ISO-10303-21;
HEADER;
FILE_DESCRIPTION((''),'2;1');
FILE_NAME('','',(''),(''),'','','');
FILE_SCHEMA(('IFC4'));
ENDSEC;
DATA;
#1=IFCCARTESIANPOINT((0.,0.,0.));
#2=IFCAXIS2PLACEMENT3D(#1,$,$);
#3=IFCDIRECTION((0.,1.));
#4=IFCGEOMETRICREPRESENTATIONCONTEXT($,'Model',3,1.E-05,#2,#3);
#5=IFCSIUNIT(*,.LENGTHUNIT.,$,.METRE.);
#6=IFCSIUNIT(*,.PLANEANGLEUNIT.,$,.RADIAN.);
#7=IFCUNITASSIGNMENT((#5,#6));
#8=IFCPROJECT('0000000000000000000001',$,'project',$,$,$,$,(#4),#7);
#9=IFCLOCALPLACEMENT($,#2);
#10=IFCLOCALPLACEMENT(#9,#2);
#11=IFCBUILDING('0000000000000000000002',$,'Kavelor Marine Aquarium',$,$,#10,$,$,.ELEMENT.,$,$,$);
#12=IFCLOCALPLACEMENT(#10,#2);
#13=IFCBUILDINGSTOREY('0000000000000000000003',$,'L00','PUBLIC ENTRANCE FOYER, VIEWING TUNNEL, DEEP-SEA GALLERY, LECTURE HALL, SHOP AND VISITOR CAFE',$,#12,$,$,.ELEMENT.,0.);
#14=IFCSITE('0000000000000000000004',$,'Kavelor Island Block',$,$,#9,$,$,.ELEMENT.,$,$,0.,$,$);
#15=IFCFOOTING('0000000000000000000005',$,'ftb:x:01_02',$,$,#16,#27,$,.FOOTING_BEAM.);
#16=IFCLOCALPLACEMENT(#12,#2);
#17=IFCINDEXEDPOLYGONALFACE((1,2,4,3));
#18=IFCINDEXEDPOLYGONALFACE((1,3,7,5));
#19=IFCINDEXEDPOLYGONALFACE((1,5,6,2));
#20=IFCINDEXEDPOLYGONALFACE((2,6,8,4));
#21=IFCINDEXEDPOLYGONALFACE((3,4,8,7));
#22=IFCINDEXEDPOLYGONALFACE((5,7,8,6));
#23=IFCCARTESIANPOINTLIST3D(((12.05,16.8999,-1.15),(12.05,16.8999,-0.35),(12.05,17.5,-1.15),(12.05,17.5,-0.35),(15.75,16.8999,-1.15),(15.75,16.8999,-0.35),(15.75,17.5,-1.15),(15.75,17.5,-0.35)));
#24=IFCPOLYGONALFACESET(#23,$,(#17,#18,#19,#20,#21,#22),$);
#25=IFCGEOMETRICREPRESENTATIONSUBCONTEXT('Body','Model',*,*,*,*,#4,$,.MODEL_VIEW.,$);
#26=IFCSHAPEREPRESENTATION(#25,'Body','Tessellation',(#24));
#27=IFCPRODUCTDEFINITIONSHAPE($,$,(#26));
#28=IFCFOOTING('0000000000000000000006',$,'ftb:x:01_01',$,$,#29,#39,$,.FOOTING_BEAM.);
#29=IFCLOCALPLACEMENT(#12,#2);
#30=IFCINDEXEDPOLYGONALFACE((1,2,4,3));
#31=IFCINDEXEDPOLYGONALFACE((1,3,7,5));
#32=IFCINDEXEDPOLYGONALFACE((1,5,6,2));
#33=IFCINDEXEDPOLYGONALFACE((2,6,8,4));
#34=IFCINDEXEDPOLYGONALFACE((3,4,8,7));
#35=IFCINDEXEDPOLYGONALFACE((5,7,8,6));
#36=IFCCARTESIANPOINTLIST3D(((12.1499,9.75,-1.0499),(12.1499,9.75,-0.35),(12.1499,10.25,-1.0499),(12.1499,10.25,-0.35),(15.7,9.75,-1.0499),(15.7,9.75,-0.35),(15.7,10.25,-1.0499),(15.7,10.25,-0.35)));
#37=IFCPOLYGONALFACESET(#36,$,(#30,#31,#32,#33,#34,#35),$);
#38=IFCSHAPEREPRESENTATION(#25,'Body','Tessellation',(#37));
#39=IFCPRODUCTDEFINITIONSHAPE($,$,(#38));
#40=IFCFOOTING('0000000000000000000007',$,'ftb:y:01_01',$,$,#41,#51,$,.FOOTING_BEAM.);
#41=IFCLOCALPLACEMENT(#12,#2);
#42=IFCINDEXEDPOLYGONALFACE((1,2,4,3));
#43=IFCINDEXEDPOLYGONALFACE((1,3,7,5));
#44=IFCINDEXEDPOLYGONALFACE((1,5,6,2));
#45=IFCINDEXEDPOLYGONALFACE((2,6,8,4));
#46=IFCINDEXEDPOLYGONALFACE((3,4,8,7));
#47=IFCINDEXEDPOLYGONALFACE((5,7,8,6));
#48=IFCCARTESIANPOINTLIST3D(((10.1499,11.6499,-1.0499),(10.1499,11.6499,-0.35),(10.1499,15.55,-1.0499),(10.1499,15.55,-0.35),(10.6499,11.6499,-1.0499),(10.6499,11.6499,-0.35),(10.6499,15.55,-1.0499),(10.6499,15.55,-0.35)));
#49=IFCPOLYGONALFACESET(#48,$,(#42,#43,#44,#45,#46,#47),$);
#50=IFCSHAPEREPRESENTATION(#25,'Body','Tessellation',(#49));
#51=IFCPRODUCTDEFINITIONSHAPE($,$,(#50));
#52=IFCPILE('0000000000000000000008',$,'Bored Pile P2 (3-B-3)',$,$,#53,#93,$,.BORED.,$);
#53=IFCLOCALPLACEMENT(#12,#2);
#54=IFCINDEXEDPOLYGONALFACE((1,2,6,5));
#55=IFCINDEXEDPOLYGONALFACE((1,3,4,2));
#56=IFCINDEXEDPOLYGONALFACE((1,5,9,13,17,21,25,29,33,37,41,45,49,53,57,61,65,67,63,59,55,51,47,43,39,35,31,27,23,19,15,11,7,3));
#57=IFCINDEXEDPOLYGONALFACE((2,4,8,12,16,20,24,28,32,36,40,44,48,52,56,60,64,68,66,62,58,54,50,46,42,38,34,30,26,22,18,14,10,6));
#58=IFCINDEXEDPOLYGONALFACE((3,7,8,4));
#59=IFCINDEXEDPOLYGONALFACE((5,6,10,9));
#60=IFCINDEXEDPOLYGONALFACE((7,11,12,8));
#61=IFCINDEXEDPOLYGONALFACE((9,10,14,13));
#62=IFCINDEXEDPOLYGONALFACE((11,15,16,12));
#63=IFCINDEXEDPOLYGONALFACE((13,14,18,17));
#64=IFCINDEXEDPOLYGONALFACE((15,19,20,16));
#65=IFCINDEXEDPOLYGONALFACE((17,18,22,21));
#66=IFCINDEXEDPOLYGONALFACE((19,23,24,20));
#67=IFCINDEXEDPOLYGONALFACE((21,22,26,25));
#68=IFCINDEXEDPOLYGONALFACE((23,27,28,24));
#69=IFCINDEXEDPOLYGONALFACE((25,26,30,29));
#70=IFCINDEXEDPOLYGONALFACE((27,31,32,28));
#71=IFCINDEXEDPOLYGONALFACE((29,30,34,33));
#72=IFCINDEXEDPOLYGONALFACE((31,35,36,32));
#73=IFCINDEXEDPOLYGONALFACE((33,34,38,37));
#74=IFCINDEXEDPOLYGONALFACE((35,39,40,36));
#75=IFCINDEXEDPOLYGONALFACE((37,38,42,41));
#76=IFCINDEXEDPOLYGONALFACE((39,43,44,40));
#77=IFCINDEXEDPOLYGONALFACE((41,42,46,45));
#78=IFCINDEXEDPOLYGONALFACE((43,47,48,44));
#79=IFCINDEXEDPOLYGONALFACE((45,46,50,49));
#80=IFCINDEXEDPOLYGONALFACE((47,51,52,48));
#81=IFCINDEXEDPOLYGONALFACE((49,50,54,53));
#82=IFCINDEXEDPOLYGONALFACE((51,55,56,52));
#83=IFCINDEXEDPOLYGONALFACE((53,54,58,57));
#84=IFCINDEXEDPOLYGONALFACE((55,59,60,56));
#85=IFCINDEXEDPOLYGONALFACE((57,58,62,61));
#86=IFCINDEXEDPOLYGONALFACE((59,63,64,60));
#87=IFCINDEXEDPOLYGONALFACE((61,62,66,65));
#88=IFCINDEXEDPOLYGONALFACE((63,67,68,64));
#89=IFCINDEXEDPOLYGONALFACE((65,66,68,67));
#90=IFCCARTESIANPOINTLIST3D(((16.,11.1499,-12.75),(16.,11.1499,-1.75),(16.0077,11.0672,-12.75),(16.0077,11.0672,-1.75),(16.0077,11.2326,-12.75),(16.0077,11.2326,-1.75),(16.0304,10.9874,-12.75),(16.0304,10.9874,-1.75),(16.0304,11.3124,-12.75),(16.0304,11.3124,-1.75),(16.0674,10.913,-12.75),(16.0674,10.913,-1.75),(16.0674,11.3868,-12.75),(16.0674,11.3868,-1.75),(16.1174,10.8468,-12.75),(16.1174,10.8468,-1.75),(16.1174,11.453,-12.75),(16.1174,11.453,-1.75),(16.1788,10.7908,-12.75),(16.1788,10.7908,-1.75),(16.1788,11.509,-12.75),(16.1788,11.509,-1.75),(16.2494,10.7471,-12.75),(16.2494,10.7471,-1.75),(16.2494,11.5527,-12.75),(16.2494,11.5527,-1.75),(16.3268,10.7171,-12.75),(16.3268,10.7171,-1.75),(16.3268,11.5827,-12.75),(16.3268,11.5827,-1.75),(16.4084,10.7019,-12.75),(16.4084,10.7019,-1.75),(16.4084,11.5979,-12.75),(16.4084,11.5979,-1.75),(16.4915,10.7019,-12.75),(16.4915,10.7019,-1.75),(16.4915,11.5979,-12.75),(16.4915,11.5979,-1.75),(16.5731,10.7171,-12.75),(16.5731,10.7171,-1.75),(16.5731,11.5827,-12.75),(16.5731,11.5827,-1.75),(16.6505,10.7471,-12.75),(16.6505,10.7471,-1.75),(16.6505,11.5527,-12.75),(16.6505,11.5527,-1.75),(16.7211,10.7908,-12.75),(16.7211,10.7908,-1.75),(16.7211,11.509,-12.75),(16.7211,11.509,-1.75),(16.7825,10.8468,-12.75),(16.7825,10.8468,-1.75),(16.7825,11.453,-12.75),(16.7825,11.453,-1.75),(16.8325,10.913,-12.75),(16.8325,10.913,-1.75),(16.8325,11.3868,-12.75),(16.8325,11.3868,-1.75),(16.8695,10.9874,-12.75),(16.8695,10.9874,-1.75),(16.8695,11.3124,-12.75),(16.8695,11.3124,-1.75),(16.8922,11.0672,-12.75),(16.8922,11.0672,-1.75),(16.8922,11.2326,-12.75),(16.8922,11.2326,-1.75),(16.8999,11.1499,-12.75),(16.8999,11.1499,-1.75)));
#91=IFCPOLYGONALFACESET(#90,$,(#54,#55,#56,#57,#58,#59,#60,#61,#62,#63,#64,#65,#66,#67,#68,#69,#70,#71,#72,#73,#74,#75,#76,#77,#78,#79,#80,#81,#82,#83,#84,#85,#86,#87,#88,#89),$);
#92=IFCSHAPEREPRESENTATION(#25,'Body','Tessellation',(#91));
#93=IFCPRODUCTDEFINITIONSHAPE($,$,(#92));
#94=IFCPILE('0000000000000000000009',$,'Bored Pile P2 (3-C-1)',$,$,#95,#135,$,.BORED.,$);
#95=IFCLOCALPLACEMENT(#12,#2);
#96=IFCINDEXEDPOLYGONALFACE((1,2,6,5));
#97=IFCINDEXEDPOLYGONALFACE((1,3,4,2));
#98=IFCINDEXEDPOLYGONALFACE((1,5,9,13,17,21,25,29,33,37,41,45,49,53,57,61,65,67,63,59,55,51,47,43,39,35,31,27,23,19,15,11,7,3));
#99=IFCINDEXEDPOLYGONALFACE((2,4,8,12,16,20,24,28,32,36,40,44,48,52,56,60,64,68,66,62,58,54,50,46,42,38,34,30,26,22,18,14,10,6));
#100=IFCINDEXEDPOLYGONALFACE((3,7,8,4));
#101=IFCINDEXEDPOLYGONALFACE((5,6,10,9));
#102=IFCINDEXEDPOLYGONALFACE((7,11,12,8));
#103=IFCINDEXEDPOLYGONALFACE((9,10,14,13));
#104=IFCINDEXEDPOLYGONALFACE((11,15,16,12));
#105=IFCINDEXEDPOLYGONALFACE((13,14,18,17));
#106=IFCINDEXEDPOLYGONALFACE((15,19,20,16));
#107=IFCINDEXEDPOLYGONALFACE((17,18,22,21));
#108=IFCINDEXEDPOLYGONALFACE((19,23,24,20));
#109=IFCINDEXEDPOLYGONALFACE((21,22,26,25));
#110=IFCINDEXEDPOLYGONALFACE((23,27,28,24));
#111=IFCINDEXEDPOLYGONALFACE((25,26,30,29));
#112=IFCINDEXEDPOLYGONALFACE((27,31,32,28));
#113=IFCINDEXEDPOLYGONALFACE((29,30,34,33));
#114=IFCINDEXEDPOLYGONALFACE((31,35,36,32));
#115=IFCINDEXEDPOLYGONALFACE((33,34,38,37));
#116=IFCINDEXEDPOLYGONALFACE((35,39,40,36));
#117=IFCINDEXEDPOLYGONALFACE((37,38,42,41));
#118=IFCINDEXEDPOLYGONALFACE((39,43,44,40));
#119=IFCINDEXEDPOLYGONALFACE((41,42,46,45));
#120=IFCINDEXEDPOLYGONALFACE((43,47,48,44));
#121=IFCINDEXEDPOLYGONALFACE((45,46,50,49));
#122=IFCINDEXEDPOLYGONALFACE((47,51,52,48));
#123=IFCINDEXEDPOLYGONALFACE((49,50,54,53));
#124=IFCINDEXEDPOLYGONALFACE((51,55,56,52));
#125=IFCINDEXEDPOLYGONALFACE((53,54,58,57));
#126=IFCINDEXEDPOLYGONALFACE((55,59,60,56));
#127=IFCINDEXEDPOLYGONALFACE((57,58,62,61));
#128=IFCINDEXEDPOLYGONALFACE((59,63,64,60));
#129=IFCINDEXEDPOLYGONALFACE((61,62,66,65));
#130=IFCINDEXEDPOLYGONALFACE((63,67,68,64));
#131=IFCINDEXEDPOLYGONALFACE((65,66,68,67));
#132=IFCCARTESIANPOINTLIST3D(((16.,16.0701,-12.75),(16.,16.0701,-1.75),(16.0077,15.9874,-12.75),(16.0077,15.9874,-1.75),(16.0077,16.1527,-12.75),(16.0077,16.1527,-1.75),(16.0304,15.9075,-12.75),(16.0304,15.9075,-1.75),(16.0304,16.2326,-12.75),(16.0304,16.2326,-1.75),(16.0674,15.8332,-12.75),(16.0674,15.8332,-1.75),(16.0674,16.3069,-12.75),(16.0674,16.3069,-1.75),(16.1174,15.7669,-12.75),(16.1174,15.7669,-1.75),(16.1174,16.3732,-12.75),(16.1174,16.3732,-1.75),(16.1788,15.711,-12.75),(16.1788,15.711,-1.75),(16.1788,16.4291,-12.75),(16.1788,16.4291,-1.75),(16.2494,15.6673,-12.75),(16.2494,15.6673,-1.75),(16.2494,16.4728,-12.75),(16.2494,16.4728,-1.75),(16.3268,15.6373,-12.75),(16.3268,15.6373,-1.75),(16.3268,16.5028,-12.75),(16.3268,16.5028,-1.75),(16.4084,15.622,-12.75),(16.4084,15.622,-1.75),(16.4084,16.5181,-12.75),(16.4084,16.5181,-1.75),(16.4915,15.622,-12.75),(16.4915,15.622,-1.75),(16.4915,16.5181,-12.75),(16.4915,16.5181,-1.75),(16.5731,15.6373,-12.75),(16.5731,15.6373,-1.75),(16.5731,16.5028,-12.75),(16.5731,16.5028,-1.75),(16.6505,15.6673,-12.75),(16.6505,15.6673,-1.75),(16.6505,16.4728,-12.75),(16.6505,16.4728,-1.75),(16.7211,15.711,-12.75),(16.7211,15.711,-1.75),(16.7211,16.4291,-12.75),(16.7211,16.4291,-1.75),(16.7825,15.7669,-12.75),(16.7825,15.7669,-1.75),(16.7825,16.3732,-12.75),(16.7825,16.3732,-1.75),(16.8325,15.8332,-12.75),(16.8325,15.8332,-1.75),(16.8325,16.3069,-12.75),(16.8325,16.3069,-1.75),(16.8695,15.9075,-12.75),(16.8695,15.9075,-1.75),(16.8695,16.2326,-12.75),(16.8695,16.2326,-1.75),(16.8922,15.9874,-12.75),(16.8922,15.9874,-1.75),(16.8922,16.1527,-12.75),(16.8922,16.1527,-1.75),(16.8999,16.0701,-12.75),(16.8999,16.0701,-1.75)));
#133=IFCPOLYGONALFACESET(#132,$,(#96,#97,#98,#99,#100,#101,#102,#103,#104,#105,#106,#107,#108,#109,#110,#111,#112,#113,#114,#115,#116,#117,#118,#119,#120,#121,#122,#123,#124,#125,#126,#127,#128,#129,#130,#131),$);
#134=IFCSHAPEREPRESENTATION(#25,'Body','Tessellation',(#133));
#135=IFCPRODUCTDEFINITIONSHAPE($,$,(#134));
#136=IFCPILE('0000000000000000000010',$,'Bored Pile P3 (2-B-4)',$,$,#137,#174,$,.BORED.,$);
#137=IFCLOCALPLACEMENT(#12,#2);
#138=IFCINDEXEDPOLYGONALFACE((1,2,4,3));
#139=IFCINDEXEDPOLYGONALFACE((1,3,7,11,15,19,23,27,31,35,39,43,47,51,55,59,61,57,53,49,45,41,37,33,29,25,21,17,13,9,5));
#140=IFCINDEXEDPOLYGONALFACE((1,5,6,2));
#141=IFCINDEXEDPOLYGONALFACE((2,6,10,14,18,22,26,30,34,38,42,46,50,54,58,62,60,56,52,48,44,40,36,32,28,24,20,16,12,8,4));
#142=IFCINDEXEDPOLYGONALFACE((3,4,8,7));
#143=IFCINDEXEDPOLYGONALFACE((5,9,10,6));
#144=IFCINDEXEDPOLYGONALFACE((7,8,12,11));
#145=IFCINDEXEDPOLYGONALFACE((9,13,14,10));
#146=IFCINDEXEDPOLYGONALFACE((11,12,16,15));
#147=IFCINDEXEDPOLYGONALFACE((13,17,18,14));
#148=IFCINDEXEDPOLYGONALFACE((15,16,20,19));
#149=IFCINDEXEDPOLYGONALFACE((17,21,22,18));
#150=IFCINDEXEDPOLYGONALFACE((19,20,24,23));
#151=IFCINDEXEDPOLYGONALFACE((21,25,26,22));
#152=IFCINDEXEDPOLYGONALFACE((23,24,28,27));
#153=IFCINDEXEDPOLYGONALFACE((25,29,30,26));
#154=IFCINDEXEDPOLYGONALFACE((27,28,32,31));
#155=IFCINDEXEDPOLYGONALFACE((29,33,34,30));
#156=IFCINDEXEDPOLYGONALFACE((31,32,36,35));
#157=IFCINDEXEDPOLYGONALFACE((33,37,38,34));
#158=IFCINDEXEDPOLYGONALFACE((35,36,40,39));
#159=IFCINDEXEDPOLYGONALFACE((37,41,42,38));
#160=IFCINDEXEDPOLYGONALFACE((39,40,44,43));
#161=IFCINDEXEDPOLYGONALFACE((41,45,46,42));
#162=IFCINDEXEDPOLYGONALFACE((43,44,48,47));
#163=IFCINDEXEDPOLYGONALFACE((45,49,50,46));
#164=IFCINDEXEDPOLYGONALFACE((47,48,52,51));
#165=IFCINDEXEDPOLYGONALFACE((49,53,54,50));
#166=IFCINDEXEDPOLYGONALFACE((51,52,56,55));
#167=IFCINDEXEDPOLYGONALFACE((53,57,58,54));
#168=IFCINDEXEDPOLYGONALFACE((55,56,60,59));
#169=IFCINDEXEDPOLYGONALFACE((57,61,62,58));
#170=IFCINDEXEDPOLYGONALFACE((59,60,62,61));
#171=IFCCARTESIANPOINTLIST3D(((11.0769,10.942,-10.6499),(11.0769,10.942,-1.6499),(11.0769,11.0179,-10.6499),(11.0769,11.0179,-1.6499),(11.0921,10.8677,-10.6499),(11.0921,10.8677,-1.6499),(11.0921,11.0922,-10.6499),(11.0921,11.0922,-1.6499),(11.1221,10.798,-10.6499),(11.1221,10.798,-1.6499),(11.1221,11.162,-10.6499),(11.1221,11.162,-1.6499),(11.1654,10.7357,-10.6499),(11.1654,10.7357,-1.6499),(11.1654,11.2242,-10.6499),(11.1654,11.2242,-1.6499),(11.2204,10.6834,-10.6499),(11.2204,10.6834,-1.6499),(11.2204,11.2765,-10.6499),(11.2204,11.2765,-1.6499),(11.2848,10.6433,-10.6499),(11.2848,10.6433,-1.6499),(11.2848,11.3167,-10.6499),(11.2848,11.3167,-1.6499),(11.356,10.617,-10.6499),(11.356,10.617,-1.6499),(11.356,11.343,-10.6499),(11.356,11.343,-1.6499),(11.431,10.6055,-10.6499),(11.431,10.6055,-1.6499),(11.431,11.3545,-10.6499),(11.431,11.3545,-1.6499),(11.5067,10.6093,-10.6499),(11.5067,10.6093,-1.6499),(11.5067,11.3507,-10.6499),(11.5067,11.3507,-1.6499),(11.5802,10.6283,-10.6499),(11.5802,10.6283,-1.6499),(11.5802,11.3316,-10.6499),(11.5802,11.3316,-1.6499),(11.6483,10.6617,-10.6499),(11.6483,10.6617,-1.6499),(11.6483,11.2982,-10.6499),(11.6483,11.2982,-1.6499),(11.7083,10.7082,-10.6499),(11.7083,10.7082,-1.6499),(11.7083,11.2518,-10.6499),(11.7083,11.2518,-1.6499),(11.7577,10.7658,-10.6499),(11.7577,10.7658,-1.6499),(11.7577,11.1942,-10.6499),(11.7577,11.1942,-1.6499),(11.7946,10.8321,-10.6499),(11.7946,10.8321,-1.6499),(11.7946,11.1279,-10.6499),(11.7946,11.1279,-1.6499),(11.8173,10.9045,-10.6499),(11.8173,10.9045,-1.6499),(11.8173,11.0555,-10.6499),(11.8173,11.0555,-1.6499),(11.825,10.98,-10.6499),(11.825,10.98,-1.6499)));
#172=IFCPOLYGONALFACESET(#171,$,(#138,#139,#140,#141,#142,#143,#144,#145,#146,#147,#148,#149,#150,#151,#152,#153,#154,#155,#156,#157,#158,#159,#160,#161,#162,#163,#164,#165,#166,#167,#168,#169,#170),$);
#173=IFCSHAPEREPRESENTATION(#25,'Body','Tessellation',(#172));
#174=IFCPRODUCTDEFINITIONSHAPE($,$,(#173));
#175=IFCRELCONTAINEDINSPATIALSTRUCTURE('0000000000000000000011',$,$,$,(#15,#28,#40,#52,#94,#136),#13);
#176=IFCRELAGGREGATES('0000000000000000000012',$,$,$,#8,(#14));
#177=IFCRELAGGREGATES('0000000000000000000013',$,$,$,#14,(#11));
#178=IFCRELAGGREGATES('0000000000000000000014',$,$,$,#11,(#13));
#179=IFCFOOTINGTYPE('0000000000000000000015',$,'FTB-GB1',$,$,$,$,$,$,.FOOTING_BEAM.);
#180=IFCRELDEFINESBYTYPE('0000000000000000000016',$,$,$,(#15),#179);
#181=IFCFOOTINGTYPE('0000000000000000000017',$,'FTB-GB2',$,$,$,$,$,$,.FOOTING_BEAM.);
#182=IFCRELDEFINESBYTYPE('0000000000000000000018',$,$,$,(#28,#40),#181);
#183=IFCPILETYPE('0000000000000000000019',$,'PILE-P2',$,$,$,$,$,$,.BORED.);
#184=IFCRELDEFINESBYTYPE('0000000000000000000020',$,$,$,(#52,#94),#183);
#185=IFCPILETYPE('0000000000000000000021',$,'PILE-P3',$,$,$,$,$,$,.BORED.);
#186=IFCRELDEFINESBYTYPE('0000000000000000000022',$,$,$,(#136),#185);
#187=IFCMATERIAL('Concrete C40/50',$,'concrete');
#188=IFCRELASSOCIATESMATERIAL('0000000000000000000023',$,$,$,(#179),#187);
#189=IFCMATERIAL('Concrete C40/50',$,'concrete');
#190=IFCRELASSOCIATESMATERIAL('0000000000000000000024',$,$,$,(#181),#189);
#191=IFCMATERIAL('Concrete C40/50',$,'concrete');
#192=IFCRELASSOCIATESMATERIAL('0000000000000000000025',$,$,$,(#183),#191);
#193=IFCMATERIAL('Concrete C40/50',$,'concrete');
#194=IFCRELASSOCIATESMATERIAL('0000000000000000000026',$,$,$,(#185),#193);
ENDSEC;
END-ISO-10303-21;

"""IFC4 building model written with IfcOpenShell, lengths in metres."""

from ifc_helpers import new_model, si_unit, direction, frame, origin, origin_2d, place, context, subcontext, project, spatial, rectangle, circle, extrude, material, material_profile, profile_set, type_object, element, save


model = new_model("IFC4")

# Units and contexts
model_context = context("Model", 3, precision=1e-05, world=origin(), true_north=direction((0.0, 1.0)))
body_context = subcontext(model_context, "Body", "Model", "MODEL_VIEW")
ifc_project = project(units=[si_unit("LENGTHUNIT", "METRE"), si_unit("PLANEANGLEUNIT", "RADIAN")], contexts=[model_context])

# Site, building, storey
site_placement = place(None, origin())
site = spatial("IfcSite", under=ifc_project, at=site_placement, Name="Kavelor Island Block", CompositionType="ELEMENT", RefElevation=0.0)
building_placement = place(site_placement, origin())
building = spatial("IfcBuilding", under=site, at=building_placement, Name="Kavelor Marine Aquarium", CompositionType="ELEMENT")
storey_placement = place(building_placement, origin())
storey = spatial("IfcBuildingStorey", under=building, at=storey_placement, Name="L00", Description="PUBLIC ENTRANCE FOYER, VIEWING TUNNEL, DEEP-SEA GALLERY, LECTURE HALL, SHOP AND VISITOR CAFE", CompositionType="ELEMENT", Elevation=0.0)

# Footings
ifc_material_1 = material(Name="Concrete C40/50", Category="concrete")
ifc_material_profile_1 = material_profile(ifc_material_1, rectangle(XDim=0.6001, YDim=0.8, at=origin_2d()), Name="GB 600x800")
ifc_profile_set_1 = profile_set([ifc_material_profile_1], Name="Concrete C40/50")
footing_type_1 = type_object("IfcFootingType", Name="FTB-GB1", PredefinedType="FOOTING_BEAM", material=ifc_profile_set_1)
footing_1_placement = place(storey_placement, frame((12.05, 17.2, -0.75), z_axis=(1.0, 0.0, 0.0), x_axis=(0.0, 1.0, 0.0)))
element("IfcFooting", 1, at=footing_1_placement, inside=storey, type_object=footing_type_1, Name="ftb:x:01_02", PredefinedType="FOOTING_BEAM", context=body_context, shape_type="SweptSolid", body=[
    extrude(rectangle(XDim=0.6001, YDim=0.8, at=origin_2d()), origin(), (0.0, 0.0, 1.0), 3.7),
])
ifc_material_2 = material(Name="Concrete C40/50", Category="concrete")
ifc_material_profile_2 = material_profile(ifc_material_2, rectangle(XDim=0.5, YDim=0.7, at=origin_2d()), Name="GB 500x700")
ifc_profile_set_2 = profile_set([ifc_material_profile_2], Name="Concrete C40/50")
footing_type_2 = type_object("IfcFootingType", Name="FTB-GB2", PredefinedType="FOOTING_BEAM", material=ifc_profile_set_2)
footing_2_placement = place(storey_placement, frame((12.1499, 10.0, -0.7), z_axis=(1.0, 0.0, 0.0), x_axis=(0.0, 1.0, 0.0)))
element("IfcFooting", 2, at=footing_2_placement, inside=storey, type_object=footing_type_2, Name="ftb:x:01_01", PredefinedType="FOOTING_BEAM", context=body_context, shape_type="SweptSolid", body=[
    extrude(rectangle(XDim=0.5, YDim=0.7, at=origin_2d()), origin(), (0.0, 0.0, 1.0), 3.55),
])
footing_3_placement = place(storey_placement, frame((10.3999, 11.6499, -0.7), z_axis=(0.0, 1.0, 0.0), x_axis=(-1.0, 0.0, 0.0)))
element("IfcFooting", 3, at=footing_3_placement, inside=storey, type_object=footing_type_2, Name="ftb:y:01_01", PredefinedType="FOOTING_BEAM", context=body_context, shape_type="SweptSolid", body=[
    extrude(rectangle(XDim=0.5, YDim=0.7, at=origin_2d()), origin(), (0.0, 0.0, 1.0), 3.9001),
])

# Piles
ifc_material_3 = material(Name="Concrete C40/50", Category="concrete")
ifc_material_profile_3 = material_profile(ifc_material_3, circle(Radius=0.45, at=origin_2d()), Name="PILE D900")
ifc_profile_set_3 = profile_set([ifc_material_profile_3], Name="Concrete C40/50")
pile_type_1 = type_object("IfcPileType", Name="PILE-P2", PredefinedType="BORED", material=ifc_profile_set_3)
for number, where, z_axis, x_axis, name in (
    (4, (16.45, 11.1499, -1.75), (0.0, 0.0, -1.0), (1.0, 0.0, 0.0), "Bored Pile P2 (3-B-3)"),
    (5, (16.45, 16.0701, -1.75), (0.0, 0.0, -1.0), (1.0, 0.0, 0.0), "Bored Pile P2 (3-C-1)"),
):
    element("IfcPile", number, at=place(storey_placement, frame(where, z_axis=z_axis, x_axis=x_axis)), inside=storey, type_object=pile_type_1, Name=name, PredefinedType="BORED", context=body_context, shape_type="SweptSolid", body=[
        extrude(circle(Radius=0.45, at=origin_2d()), origin(), (0.0, 0.0, 1.0), 11.0),
    ])
ifc_material_4 = material(Name="Concrete C40/50", Category="concrete")
ifc_material_profile_4 = material_profile(ifc_material_4, circle(Radius=0.375, at=origin_2d()), Name="PILE D750")
ifc_profile_set_4 = profile_set([ifc_material_profile_4], Name="Concrete C40/50")
pile_type_2 = type_object("IfcPileType", Name="PILE-P3", PredefinedType="BORED", material=ifc_profile_set_4)
for number, where, z_axis, x_axis, name in (
    (6, (11.45, 10.98, -1.6499), (0.0, 0.0, -1.0), (1.0, 0.0, 0.0), "Bored Pile P3 (2-B-4)"),
):
    element("IfcPile", number, at=place(storey_placement, frame(where, z_axis=z_axis, x_axis=x_axis)), inside=storey, type_object=pile_type_2, Name=name, PredefinedType="BORED", context=body_context, shape_type="SweptSolid", body=[
        extrude(circle(Radius=0.375, at=origin_2d()), origin(), (0.0, 0.0, 1.0), 9.0),
    ])

save(model, "model.ifc")
